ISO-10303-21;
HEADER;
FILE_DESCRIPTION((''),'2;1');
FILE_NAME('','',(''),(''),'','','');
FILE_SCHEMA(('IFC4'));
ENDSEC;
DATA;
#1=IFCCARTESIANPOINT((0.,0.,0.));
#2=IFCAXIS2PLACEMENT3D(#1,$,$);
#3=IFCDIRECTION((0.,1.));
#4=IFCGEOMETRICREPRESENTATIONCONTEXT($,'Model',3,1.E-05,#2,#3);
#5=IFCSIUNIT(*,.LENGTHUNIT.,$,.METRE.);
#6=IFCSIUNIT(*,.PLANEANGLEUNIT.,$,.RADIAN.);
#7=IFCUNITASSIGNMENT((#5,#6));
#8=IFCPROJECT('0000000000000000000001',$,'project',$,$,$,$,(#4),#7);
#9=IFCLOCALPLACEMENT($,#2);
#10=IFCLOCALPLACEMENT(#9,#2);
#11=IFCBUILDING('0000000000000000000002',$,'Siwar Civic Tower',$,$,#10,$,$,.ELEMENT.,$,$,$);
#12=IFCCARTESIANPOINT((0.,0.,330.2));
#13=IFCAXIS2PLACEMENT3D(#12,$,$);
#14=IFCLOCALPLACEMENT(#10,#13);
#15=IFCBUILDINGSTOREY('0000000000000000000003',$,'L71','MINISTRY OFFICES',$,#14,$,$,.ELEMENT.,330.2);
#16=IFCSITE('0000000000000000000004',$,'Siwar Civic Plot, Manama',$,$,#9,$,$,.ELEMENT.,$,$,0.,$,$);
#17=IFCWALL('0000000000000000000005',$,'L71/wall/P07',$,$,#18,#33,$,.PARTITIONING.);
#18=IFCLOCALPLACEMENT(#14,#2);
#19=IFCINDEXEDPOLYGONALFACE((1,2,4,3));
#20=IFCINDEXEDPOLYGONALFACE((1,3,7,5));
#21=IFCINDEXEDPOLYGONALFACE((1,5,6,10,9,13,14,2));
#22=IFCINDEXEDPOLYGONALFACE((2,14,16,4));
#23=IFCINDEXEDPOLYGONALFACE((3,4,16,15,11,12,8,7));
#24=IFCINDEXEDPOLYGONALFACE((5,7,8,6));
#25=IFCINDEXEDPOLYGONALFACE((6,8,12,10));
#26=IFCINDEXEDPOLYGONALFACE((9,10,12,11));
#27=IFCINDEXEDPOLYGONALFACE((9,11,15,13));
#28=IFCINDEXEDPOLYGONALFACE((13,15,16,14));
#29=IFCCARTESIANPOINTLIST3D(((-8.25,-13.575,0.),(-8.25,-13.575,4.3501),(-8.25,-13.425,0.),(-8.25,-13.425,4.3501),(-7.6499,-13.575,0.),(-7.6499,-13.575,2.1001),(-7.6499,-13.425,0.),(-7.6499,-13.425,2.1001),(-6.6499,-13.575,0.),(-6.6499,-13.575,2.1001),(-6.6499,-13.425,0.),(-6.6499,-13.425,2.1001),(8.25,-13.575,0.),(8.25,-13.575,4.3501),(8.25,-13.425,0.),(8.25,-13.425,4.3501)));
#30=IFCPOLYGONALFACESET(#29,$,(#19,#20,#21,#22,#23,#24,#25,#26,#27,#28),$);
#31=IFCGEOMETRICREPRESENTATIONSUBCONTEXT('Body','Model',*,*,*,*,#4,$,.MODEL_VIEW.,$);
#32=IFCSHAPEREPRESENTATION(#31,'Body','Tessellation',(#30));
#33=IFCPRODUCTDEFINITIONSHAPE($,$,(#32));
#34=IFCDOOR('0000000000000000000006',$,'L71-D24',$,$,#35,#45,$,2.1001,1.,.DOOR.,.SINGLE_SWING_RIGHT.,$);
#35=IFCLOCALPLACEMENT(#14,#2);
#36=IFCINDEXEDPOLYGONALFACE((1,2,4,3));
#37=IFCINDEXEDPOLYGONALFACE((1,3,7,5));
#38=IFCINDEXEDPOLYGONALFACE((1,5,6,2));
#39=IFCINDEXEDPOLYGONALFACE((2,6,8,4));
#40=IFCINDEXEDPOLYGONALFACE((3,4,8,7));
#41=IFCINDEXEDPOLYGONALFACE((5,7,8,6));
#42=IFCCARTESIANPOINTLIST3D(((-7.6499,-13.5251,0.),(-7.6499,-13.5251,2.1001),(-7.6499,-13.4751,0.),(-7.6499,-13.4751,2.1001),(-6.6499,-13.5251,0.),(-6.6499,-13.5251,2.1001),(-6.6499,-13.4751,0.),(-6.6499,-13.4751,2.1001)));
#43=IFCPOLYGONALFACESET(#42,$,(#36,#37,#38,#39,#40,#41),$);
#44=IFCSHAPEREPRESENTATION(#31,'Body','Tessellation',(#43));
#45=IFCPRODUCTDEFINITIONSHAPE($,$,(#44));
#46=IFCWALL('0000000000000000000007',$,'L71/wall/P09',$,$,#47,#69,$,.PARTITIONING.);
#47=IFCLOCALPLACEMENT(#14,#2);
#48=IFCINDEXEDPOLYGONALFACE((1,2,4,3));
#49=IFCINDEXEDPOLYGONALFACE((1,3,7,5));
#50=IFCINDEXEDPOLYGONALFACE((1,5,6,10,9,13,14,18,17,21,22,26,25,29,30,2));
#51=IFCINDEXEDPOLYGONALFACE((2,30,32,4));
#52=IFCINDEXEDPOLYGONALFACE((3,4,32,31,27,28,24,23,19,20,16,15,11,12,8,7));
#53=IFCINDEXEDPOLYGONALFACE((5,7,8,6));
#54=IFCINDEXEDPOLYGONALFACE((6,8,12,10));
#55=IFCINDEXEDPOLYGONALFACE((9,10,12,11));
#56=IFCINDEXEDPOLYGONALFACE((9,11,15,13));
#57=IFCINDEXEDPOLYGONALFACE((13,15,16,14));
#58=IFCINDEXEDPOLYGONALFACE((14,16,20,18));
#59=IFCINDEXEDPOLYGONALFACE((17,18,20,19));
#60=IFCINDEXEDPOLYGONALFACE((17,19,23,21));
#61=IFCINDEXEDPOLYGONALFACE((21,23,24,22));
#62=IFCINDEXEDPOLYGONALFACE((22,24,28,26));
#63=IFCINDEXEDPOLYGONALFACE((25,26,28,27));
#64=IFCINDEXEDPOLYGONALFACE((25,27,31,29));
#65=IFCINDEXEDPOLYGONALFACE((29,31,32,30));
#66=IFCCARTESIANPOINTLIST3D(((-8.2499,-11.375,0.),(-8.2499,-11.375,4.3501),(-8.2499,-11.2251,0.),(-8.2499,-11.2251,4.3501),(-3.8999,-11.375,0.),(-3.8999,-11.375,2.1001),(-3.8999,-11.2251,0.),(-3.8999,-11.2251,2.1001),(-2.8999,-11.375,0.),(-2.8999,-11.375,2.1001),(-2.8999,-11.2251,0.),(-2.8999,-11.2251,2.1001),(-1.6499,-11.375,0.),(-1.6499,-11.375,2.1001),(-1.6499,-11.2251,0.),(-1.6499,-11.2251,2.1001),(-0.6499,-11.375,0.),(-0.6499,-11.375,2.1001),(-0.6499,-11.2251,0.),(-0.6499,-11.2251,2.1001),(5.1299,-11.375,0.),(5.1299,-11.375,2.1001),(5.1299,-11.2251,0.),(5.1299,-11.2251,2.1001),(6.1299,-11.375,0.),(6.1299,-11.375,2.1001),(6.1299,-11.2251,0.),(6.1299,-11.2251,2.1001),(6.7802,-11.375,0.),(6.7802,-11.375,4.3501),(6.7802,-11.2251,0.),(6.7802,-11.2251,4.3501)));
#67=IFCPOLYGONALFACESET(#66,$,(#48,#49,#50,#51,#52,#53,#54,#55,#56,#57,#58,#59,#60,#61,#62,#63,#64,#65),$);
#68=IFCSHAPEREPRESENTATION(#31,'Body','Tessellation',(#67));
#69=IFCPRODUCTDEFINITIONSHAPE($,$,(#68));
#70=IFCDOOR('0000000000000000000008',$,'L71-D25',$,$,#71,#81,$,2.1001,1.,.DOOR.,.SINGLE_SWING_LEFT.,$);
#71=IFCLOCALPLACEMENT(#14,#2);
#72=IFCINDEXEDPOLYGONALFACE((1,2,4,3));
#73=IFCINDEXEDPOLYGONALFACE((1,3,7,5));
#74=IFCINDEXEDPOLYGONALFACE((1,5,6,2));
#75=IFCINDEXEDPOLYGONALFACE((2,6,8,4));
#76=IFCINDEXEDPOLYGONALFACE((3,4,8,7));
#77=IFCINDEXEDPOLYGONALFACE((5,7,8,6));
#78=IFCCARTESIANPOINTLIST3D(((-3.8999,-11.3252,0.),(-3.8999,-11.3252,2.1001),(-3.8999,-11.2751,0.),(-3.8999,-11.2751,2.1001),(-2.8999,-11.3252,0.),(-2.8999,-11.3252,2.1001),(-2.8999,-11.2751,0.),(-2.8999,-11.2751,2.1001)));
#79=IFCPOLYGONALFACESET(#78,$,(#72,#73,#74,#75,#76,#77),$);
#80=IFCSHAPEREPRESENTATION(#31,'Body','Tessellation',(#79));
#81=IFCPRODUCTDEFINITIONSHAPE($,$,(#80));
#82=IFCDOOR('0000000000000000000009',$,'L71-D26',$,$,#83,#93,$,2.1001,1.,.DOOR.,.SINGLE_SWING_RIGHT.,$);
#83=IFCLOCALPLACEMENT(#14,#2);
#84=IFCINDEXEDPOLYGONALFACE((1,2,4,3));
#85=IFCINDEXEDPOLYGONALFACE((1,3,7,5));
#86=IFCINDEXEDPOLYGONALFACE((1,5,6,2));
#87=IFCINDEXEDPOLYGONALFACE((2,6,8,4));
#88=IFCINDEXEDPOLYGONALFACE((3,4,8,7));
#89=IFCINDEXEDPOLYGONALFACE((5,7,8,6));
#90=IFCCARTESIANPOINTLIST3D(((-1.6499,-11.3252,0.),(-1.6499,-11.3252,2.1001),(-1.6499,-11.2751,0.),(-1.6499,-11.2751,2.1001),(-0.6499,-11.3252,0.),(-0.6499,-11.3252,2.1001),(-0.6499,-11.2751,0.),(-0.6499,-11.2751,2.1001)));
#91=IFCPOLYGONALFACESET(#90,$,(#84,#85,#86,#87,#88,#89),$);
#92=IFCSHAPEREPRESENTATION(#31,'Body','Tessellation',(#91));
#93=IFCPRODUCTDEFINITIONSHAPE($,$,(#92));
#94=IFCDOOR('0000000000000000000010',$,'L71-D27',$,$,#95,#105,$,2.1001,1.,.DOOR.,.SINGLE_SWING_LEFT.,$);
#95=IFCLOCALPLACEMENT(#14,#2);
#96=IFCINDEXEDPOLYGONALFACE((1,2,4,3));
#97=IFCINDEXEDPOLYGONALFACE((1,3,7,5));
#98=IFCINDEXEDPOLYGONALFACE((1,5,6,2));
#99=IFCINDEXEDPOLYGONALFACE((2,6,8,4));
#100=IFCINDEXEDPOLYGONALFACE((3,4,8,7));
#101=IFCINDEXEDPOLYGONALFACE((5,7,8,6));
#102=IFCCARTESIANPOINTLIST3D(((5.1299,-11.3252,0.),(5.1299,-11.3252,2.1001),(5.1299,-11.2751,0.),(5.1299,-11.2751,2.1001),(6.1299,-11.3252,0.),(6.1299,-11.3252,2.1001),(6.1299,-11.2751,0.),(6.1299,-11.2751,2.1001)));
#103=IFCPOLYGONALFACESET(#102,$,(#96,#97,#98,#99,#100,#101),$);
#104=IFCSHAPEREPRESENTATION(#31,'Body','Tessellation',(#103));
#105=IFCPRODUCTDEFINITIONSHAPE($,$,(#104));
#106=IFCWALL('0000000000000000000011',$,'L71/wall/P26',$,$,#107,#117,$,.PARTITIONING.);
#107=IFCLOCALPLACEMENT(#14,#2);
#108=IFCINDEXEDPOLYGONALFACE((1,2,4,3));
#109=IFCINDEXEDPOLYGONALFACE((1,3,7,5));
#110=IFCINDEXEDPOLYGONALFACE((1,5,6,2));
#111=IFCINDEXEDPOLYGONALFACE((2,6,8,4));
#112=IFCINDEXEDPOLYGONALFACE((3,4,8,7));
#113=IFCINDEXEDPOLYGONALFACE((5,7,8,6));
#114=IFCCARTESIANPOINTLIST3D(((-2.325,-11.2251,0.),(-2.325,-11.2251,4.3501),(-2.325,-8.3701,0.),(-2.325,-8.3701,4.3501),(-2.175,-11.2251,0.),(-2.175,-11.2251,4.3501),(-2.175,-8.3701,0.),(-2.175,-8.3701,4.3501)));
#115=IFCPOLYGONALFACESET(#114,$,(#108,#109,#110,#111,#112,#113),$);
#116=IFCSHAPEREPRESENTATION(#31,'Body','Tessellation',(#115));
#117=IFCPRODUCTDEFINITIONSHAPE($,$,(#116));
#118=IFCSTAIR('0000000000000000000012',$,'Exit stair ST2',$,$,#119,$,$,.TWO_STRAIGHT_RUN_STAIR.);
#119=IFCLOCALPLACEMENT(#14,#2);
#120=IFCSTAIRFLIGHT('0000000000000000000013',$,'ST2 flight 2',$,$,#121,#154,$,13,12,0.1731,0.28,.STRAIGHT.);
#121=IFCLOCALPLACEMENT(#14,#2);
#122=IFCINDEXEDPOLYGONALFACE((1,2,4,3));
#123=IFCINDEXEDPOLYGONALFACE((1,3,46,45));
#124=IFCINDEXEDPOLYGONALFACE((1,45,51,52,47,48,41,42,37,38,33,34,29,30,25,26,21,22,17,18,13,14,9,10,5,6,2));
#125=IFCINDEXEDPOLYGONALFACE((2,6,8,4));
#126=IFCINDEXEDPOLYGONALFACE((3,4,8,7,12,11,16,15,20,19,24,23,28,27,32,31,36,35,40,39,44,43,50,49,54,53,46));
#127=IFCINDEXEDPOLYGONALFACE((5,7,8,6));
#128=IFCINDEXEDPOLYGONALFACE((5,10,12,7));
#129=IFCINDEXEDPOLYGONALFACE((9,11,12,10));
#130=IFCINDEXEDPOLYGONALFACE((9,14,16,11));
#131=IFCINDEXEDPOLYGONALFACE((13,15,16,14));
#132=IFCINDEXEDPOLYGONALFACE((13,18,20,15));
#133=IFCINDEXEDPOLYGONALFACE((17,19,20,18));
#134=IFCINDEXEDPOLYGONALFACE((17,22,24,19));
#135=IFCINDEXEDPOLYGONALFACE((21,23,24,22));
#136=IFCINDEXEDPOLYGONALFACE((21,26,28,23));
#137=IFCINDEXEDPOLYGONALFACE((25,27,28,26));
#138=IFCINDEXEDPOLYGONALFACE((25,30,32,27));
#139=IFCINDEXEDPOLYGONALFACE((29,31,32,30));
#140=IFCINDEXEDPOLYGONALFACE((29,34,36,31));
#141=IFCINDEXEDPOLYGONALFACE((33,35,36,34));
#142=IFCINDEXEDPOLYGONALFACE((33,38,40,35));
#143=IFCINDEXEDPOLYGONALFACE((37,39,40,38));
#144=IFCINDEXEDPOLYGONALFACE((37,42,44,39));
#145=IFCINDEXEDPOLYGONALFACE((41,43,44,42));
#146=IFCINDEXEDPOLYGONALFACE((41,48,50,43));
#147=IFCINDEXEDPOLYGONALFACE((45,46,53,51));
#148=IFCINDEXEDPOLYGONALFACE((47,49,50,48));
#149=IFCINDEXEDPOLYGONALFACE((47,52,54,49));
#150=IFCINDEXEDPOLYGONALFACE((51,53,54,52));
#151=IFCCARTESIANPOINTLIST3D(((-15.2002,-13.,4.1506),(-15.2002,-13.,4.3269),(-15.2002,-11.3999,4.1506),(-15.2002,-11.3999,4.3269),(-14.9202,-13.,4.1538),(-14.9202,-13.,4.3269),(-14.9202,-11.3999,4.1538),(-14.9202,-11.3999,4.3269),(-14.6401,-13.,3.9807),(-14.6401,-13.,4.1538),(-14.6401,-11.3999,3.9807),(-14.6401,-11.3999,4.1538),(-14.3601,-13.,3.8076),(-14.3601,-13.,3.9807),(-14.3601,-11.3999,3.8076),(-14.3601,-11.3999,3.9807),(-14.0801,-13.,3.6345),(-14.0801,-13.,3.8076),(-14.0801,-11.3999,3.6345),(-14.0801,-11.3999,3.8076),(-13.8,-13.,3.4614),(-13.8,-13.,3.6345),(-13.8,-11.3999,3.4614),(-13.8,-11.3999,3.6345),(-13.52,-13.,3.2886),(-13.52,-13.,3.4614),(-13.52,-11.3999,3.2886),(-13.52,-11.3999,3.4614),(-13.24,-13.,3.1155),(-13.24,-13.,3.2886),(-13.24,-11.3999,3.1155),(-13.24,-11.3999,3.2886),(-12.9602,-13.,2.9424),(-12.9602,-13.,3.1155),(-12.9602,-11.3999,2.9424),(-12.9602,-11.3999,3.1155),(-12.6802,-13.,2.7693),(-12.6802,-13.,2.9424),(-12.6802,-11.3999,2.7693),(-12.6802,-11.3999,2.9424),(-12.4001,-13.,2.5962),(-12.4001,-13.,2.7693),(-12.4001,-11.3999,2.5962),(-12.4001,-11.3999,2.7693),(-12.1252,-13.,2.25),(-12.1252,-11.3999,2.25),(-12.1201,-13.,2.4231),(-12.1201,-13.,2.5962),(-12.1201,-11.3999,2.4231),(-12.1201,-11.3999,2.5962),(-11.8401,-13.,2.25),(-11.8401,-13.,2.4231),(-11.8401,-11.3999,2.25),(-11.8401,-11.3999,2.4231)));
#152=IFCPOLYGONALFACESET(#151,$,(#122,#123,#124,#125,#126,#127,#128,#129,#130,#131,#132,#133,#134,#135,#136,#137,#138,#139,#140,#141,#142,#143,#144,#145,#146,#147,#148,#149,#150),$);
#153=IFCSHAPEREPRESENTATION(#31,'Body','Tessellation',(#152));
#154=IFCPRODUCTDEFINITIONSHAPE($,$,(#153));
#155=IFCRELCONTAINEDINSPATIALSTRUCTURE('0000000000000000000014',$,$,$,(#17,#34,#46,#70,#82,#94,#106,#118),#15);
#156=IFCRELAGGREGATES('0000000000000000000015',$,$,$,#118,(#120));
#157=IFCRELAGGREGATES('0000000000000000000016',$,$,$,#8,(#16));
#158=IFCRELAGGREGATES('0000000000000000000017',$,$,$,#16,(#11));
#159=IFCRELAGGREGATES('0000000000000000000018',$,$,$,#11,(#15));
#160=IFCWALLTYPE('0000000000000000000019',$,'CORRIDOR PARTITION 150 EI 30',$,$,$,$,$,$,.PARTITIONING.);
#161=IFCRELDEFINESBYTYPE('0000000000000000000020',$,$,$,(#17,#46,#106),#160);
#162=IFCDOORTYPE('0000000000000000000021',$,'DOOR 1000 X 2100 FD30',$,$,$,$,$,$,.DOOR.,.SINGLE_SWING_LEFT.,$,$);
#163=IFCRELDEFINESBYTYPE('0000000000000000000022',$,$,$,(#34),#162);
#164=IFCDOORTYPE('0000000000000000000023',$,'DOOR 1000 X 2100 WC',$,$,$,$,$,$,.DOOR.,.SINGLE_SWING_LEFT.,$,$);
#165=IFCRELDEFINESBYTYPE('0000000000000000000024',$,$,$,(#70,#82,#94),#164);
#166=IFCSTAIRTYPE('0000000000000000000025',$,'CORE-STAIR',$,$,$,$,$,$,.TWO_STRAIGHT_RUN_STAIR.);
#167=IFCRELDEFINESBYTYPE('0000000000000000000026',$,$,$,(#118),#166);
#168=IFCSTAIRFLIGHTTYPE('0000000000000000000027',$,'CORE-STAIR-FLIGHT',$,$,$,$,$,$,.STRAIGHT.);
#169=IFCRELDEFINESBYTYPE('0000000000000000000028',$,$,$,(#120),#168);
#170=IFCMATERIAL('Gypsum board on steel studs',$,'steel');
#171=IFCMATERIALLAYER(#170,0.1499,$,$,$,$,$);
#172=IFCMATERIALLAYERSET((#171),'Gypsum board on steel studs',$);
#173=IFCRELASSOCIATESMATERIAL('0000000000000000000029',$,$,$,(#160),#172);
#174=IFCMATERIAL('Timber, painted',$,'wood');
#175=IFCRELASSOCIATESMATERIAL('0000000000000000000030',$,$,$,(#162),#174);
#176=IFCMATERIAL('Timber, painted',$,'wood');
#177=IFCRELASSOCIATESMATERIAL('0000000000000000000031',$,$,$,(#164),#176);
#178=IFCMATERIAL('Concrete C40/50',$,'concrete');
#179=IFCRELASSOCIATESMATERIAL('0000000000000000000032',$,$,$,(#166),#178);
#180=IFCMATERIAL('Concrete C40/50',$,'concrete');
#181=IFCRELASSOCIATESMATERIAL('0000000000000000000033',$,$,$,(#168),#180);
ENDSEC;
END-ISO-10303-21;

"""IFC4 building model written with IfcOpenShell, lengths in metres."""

from ifc_helpers import new_model, si_unit, direction, frame, frame_2d, origin, place, context, subcontext, project, spatial, polyline, rectangle, outline, extrude, material, layer, layer_set, type_object, element, fill, aggregate, save


model = new_model("IFC4")

# Units and contexts
model_context = context("Model", 3, precision=1e-05, world=origin(), true_north=direction((0.0, 1.0)))
body_context = subcontext(model_context, "Body", "Model", "MODEL_VIEW")
ifc_project = project(units=[si_unit("LENGTHUNIT", "METRE"), si_unit("PLANEANGLEUNIT", "RADIAN")], contexts=[model_context])

# Site, building, storey
site_placement = place(None, origin())
site = spatial("IfcSite", under=ifc_project, at=site_placement, Name="Siwar Civic Plot, Manama", CompositionType="ELEMENT", RefElevation=0.0)
building_placement = place(site_placement, origin())
building = spatial("IfcBuilding", under=site, at=building_placement, Name="Siwar Civic Tower", CompositionType="ELEMENT")
storey_placement = place(building_placement, frame((0.0, 0.0, 330.2)))
storey = spatial("IfcBuildingStorey", under=building, at=storey_placement, Name="L71", Description="MINISTRY OFFICES", CompositionType="ELEMENT", Elevation=330.2)

# Wall, opening, door
ifc_material_1 = material(Name="Gypsum board on steel studs", Category="steel")
ifc_layer_1 = layer(ifc_material_1, 0.1499)
ifc_layer_set_1 = layer_set([ifc_layer_1], Name="Gypsum board on steel studs")
wall_type_1 = type_object("IfcWallType", Name="CORRIDOR PARTITION 150 EI 30", PredefinedType="PARTITIONING", material=ifc_layer_set_1)
wall_1_placement = place(storey_placement, frame((-8.25, -13.5, 0.0), z_axis=(0.0, 0.0, 1.0), x_axis=(1.0, 0.0, 0.0)))
wall_1 = element("IfcWall", 1, at=wall_1_placement, inside=storey, type_object=wall_type_1, Name="L71/wall/P07", PredefinedType="PARTITIONING", context=body_context, shape_type="SweptSolid", body=[
    extrude(rectangle(XDim=16.5, YDim=0.1499, at=frame_2d((8.25, 0.0))), origin(), (0.0, 0.0, 1.0), 4.3501),
])
opening_1_placement = place(wall_1_placement, frame((0.6001, 0.0, 0.0)))
opening_1 = element("IfcOpeningElement", 2, at=opening_1_placement, cuts=wall_1, PredefinedType="OPENING", context=body_context, shape_type="SweptSolid", body=[
    extrude(rectangle(XDim=1.0, YDim=2.1001, at=frame_2d((0.5, 1.05))), frame((0.0, 0.085, 0.0), z_axis=(0.0, -1.0, 0.0), x_axis=(1.0, 0.0, 0.0)), (0.0, 0.0, 1.0), 0.1699),
])
ifc_material_2 = material(Name="Timber, painted", Category="wood")
door_type_1 = type_object("IfcDoorType", Name="DOOR 1000 X 2100 FD30", OperationType="SINGLE_SWING_LEFT", PredefinedType="DOOR", material=ifc_material_2)
door_1_placement = place(opening_1_placement, origin())
door_1 = element("IfcDoor", 3, at=door_1_placement, inside=storey, type_object=door_type_1, Name="L71-D24", OperationType="SINGLE_SWING_RIGHT", OverallHeight=2.1001, OverallWidth=1.0, PredefinedType="DOOR", context=body_context, shape_type="SweptSolid", body=[
    extrude(rectangle(XDim=1.0, YDim=2.1001, at=frame_2d((0.5, 1.05))), frame((0.0, 0.0249, 0.0), z_axis=(0.0, -1.0, 0.0), x_axis=(1.0, 0.0, 0.0)), (0.0, 0.0, 1.0), 0.05),
])
fill(opening_1, door_1)

# Wall, openings, doors
wall_2_placement = place(storey_placement, frame((-8.25, -11.3, 0.0), z_axis=(0.0, 0.0, 1.0), x_axis=(1.0, 0.0, 0.0)))
wall_2 = element("IfcWall", 4, at=wall_2_placement, inside=storey, type_object=wall_type_1, Name="L71/wall/P09", PredefinedType="PARTITIONING", context=body_context, shape_type="SweptSolid", body=[
    extrude(rectangle(XDim=15.03, YDim=0.1499, at=frame_2d((7.5151, 0.0))), origin(), (0.0, 0.0, 1.0), 4.3501),
])
opening_2_placement = place(wall_2_placement, frame((4.3501, 0.0, 0.0)))
opening_2 = element("IfcOpeningElement", 5, at=opening_2_placement, cuts=wall_2, PredefinedType="OPENING", context=body_context, shape_type="SweptSolid", body=[
    extrude(rectangle(XDim=1.0, YDim=2.1001, at=frame_2d((0.5, 1.05))), frame((0.0, 0.085, 0.0), z_axis=(0.0, -1.0, 0.0), x_axis=(1.0, 0.0, 0.0)), (0.0, 0.0, 1.0), 0.1699),
])
opening_3_placement = place(wall_2_placement, frame((6.6001, 0.0, 0.0)))
opening_3 = element("IfcOpeningElement", 6, at=opening_3_placement, cuts=wall_2, PredefinedType="OPENING", context=body_context, shape_type="SweptSolid", body=[
    extrude(rectangle(XDim=1.0, YDim=2.1001, at=frame_2d((0.5, 1.05))), frame((0.0, 0.085, 0.0), z_axis=(0.0, -1.0, 0.0), x_axis=(1.0, 0.0, 0.0)), (0.0, 0.0, 1.0), 0.1699),
])
opening_4_placement = place(wall_2_placement, frame((13.3799, 0.0, 0.0)))
opening_4 = element("IfcOpeningElement", 7, at=opening_4_placement, cuts=wall_2, PredefinedType="OPENING", context=body_context, shape_type="SweptSolid", body=[
    extrude(rectangle(XDim=1.0, YDim=2.1001, at=frame_2d((0.5, 1.05))), frame((0.0, 0.085, 0.0), z_axis=(0.0, -1.0, 0.0), x_axis=(1.0, 0.0, 0.0)), (0.0, 0.0, 1.0), 0.1699),
])
ifc_material_3 = material(Name="Timber, painted", Category="wood")
door_type_2 = type_object("IfcDoorType", Name="DOOR 1000 X 2100 WC", OperationType="SINGLE_SWING_LEFT", PredefinedType="DOOR", material=ifc_material_3)
door_2_placement = place(opening_2_placement, origin())
door_2 = element("IfcDoor", 8, at=door_2_placement, inside=storey, type_object=door_type_2, Name="L71-D25", OperationType="SINGLE_SWING_LEFT", OverallHeight=2.1001, OverallWidth=1.0, PredefinedType="DOOR", context=body_context, shape_type="SweptSolid", body=[
    extrude(rectangle(XDim=1.0, YDim=2.1001, at=frame_2d((0.5, 1.05))), frame((0.0, 0.0249, 0.0), z_axis=(0.0, -1.0, 0.0), x_axis=(1.0, 0.0, 0.0)), (0.0, 0.0, 1.0), 0.05),
])
fill(opening_2, door_2)
door_3_placement = place(opening_3_placement, origin())
door_3 = element("IfcDoor", 9, at=door_3_placement, inside=storey, type_object=door_type_2, Name="L71-D26", OperationType="SINGLE_SWING_RIGHT", OverallHeight=2.1001, OverallWidth=1.0, PredefinedType="DOOR", context=body_context, shape_type="SweptSolid", body=[
    extrude(rectangle(XDim=1.0, YDim=2.1001, at=frame_2d((0.5, 1.05))), frame((0.0, 0.0249, 0.0), z_axis=(0.0, -1.0, 0.0), x_axis=(1.0, 0.0, 0.0)), (0.0, 0.0, 1.0), 0.05),
])
fill(opening_3, door_3)
door_4_placement = place(opening_4_placement, origin())
door_4 = element("IfcDoor", 10, at=door_4_placement, inside=storey, type_object=door_type_2, Name="L71-D27", OperationType="SINGLE_SWING_LEFT", OverallHeight=2.1001, OverallWidth=1.0, PredefinedType="DOOR", context=body_context, shape_type="SweptSolid", body=[
    extrude(rectangle(XDim=1.0, YDim=2.1001, at=frame_2d((0.5, 1.05))), frame((0.0, 0.0249, 0.0), z_axis=(0.0, -1.0, 0.0), x_axis=(1.0, 0.0, 0.0)), (0.0, 0.0, 1.0), 0.05),
])
fill(opening_4, door_4)

# Wall
wall_3_placement = place(storey_placement, frame((-2.25, -11.2251, 0.0), z_axis=(0.0, 0.0, 1.0), x_axis=(0.0, 1.0, 0.0)))
element("IfcWall", 11, at=wall_3_placement, inside=storey, type_object=wall_type_1, Name="L71/wall/P26", PredefinedType="PARTITIONING", context=body_context, shape_type="SweptSolid", body=[
    extrude(rectangle(XDim=2.855, YDim=0.1499, at=frame_2d((1.4275, 0.0))), origin(), (0.0, 0.0, 1.0), 4.3501),
])

# Stair, stair flight
ifc_material_4 = material(Name="Concrete C40/50", Category="concrete")
stair_type = type_object("IfcStairType", Name="CORE-STAIR", PredefinedType="TWO_STRAIGHT_RUN_STAIR", material=ifc_material_4)
stair_placement = place(storey_placement, origin())
stair = element("IfcStair", 12, at=stair_placement, inside=storey, type_object=stair_type, Name="Exit stair ST2", PredefinedType="TWO_STRAIGHT_RUN_STAIR")
ifc_material_5 = material(Name="Concrete C40/50", Category="concrete")
stair_flight_type = type_object("IfcStairFlightType", Name="CORE-STAIR-FLIGHT", PredefinedType="STRAIGHT", material=ifc_material_5)
stair_flight_placement = place(storey_placement, frame((-11.8401, -12.2, 2.25), z_axis=(0.0, 0.0, 1.0), x_axis=(-1.0, 0.0, 0.0)))
stair_flight = element("IfcStairFlight", 13, at=stair_flight_placement, type_object=stair_flight_type, Name="ST2 flight 2", NumberOfRisers=13, NumberOfTreads=12, PredefinedType="STRAIGHT", RiserHeight=0.1731, TreadLength=0.28, context=body_context, shape_type="SweptSolid", body=[
    extrude(outline(polyline([(0.0, 0.0), (0.0, 0.1731), (0.28, 0.1731), (0.28, 0.3462), (0.5601, 0.3462), (0.5601, 0.5193), (0.8401, 0.5193), (0.8401, 0.6924), (1.1201, 0.6924), (1.1201, 0.8655), (1.3999, 0.8655), (1.3999, 1.0386), (1.6799, 1.0386), (1.6799, 1.2114), (1.96, 1.2114), (1.96, 1.3845), (2.24, 1.3845), (2.24, 1.5576), (2.52, 1.5576), (2.52, 1.7307), (2.8, 1.7307), (2.8, 1.9038), (3.0801, 1.9038), (3.0801, 2.0769), (3.3601, 2.0769), (3.3601, 2.25), (3.3601, 1.9006), (0.2852, 0.0), (0.0, 0.0)])), frame((0.0, 0.8, 0.0), z_axis=(0.0, -1.0, 0.0), x_axis=(1.0, 0.0, 0.0)), (0.0, 0.0, 1.0), 1.6001),
])
aggregate(stair, [stair_flight])

save(model, "model.ifc")
